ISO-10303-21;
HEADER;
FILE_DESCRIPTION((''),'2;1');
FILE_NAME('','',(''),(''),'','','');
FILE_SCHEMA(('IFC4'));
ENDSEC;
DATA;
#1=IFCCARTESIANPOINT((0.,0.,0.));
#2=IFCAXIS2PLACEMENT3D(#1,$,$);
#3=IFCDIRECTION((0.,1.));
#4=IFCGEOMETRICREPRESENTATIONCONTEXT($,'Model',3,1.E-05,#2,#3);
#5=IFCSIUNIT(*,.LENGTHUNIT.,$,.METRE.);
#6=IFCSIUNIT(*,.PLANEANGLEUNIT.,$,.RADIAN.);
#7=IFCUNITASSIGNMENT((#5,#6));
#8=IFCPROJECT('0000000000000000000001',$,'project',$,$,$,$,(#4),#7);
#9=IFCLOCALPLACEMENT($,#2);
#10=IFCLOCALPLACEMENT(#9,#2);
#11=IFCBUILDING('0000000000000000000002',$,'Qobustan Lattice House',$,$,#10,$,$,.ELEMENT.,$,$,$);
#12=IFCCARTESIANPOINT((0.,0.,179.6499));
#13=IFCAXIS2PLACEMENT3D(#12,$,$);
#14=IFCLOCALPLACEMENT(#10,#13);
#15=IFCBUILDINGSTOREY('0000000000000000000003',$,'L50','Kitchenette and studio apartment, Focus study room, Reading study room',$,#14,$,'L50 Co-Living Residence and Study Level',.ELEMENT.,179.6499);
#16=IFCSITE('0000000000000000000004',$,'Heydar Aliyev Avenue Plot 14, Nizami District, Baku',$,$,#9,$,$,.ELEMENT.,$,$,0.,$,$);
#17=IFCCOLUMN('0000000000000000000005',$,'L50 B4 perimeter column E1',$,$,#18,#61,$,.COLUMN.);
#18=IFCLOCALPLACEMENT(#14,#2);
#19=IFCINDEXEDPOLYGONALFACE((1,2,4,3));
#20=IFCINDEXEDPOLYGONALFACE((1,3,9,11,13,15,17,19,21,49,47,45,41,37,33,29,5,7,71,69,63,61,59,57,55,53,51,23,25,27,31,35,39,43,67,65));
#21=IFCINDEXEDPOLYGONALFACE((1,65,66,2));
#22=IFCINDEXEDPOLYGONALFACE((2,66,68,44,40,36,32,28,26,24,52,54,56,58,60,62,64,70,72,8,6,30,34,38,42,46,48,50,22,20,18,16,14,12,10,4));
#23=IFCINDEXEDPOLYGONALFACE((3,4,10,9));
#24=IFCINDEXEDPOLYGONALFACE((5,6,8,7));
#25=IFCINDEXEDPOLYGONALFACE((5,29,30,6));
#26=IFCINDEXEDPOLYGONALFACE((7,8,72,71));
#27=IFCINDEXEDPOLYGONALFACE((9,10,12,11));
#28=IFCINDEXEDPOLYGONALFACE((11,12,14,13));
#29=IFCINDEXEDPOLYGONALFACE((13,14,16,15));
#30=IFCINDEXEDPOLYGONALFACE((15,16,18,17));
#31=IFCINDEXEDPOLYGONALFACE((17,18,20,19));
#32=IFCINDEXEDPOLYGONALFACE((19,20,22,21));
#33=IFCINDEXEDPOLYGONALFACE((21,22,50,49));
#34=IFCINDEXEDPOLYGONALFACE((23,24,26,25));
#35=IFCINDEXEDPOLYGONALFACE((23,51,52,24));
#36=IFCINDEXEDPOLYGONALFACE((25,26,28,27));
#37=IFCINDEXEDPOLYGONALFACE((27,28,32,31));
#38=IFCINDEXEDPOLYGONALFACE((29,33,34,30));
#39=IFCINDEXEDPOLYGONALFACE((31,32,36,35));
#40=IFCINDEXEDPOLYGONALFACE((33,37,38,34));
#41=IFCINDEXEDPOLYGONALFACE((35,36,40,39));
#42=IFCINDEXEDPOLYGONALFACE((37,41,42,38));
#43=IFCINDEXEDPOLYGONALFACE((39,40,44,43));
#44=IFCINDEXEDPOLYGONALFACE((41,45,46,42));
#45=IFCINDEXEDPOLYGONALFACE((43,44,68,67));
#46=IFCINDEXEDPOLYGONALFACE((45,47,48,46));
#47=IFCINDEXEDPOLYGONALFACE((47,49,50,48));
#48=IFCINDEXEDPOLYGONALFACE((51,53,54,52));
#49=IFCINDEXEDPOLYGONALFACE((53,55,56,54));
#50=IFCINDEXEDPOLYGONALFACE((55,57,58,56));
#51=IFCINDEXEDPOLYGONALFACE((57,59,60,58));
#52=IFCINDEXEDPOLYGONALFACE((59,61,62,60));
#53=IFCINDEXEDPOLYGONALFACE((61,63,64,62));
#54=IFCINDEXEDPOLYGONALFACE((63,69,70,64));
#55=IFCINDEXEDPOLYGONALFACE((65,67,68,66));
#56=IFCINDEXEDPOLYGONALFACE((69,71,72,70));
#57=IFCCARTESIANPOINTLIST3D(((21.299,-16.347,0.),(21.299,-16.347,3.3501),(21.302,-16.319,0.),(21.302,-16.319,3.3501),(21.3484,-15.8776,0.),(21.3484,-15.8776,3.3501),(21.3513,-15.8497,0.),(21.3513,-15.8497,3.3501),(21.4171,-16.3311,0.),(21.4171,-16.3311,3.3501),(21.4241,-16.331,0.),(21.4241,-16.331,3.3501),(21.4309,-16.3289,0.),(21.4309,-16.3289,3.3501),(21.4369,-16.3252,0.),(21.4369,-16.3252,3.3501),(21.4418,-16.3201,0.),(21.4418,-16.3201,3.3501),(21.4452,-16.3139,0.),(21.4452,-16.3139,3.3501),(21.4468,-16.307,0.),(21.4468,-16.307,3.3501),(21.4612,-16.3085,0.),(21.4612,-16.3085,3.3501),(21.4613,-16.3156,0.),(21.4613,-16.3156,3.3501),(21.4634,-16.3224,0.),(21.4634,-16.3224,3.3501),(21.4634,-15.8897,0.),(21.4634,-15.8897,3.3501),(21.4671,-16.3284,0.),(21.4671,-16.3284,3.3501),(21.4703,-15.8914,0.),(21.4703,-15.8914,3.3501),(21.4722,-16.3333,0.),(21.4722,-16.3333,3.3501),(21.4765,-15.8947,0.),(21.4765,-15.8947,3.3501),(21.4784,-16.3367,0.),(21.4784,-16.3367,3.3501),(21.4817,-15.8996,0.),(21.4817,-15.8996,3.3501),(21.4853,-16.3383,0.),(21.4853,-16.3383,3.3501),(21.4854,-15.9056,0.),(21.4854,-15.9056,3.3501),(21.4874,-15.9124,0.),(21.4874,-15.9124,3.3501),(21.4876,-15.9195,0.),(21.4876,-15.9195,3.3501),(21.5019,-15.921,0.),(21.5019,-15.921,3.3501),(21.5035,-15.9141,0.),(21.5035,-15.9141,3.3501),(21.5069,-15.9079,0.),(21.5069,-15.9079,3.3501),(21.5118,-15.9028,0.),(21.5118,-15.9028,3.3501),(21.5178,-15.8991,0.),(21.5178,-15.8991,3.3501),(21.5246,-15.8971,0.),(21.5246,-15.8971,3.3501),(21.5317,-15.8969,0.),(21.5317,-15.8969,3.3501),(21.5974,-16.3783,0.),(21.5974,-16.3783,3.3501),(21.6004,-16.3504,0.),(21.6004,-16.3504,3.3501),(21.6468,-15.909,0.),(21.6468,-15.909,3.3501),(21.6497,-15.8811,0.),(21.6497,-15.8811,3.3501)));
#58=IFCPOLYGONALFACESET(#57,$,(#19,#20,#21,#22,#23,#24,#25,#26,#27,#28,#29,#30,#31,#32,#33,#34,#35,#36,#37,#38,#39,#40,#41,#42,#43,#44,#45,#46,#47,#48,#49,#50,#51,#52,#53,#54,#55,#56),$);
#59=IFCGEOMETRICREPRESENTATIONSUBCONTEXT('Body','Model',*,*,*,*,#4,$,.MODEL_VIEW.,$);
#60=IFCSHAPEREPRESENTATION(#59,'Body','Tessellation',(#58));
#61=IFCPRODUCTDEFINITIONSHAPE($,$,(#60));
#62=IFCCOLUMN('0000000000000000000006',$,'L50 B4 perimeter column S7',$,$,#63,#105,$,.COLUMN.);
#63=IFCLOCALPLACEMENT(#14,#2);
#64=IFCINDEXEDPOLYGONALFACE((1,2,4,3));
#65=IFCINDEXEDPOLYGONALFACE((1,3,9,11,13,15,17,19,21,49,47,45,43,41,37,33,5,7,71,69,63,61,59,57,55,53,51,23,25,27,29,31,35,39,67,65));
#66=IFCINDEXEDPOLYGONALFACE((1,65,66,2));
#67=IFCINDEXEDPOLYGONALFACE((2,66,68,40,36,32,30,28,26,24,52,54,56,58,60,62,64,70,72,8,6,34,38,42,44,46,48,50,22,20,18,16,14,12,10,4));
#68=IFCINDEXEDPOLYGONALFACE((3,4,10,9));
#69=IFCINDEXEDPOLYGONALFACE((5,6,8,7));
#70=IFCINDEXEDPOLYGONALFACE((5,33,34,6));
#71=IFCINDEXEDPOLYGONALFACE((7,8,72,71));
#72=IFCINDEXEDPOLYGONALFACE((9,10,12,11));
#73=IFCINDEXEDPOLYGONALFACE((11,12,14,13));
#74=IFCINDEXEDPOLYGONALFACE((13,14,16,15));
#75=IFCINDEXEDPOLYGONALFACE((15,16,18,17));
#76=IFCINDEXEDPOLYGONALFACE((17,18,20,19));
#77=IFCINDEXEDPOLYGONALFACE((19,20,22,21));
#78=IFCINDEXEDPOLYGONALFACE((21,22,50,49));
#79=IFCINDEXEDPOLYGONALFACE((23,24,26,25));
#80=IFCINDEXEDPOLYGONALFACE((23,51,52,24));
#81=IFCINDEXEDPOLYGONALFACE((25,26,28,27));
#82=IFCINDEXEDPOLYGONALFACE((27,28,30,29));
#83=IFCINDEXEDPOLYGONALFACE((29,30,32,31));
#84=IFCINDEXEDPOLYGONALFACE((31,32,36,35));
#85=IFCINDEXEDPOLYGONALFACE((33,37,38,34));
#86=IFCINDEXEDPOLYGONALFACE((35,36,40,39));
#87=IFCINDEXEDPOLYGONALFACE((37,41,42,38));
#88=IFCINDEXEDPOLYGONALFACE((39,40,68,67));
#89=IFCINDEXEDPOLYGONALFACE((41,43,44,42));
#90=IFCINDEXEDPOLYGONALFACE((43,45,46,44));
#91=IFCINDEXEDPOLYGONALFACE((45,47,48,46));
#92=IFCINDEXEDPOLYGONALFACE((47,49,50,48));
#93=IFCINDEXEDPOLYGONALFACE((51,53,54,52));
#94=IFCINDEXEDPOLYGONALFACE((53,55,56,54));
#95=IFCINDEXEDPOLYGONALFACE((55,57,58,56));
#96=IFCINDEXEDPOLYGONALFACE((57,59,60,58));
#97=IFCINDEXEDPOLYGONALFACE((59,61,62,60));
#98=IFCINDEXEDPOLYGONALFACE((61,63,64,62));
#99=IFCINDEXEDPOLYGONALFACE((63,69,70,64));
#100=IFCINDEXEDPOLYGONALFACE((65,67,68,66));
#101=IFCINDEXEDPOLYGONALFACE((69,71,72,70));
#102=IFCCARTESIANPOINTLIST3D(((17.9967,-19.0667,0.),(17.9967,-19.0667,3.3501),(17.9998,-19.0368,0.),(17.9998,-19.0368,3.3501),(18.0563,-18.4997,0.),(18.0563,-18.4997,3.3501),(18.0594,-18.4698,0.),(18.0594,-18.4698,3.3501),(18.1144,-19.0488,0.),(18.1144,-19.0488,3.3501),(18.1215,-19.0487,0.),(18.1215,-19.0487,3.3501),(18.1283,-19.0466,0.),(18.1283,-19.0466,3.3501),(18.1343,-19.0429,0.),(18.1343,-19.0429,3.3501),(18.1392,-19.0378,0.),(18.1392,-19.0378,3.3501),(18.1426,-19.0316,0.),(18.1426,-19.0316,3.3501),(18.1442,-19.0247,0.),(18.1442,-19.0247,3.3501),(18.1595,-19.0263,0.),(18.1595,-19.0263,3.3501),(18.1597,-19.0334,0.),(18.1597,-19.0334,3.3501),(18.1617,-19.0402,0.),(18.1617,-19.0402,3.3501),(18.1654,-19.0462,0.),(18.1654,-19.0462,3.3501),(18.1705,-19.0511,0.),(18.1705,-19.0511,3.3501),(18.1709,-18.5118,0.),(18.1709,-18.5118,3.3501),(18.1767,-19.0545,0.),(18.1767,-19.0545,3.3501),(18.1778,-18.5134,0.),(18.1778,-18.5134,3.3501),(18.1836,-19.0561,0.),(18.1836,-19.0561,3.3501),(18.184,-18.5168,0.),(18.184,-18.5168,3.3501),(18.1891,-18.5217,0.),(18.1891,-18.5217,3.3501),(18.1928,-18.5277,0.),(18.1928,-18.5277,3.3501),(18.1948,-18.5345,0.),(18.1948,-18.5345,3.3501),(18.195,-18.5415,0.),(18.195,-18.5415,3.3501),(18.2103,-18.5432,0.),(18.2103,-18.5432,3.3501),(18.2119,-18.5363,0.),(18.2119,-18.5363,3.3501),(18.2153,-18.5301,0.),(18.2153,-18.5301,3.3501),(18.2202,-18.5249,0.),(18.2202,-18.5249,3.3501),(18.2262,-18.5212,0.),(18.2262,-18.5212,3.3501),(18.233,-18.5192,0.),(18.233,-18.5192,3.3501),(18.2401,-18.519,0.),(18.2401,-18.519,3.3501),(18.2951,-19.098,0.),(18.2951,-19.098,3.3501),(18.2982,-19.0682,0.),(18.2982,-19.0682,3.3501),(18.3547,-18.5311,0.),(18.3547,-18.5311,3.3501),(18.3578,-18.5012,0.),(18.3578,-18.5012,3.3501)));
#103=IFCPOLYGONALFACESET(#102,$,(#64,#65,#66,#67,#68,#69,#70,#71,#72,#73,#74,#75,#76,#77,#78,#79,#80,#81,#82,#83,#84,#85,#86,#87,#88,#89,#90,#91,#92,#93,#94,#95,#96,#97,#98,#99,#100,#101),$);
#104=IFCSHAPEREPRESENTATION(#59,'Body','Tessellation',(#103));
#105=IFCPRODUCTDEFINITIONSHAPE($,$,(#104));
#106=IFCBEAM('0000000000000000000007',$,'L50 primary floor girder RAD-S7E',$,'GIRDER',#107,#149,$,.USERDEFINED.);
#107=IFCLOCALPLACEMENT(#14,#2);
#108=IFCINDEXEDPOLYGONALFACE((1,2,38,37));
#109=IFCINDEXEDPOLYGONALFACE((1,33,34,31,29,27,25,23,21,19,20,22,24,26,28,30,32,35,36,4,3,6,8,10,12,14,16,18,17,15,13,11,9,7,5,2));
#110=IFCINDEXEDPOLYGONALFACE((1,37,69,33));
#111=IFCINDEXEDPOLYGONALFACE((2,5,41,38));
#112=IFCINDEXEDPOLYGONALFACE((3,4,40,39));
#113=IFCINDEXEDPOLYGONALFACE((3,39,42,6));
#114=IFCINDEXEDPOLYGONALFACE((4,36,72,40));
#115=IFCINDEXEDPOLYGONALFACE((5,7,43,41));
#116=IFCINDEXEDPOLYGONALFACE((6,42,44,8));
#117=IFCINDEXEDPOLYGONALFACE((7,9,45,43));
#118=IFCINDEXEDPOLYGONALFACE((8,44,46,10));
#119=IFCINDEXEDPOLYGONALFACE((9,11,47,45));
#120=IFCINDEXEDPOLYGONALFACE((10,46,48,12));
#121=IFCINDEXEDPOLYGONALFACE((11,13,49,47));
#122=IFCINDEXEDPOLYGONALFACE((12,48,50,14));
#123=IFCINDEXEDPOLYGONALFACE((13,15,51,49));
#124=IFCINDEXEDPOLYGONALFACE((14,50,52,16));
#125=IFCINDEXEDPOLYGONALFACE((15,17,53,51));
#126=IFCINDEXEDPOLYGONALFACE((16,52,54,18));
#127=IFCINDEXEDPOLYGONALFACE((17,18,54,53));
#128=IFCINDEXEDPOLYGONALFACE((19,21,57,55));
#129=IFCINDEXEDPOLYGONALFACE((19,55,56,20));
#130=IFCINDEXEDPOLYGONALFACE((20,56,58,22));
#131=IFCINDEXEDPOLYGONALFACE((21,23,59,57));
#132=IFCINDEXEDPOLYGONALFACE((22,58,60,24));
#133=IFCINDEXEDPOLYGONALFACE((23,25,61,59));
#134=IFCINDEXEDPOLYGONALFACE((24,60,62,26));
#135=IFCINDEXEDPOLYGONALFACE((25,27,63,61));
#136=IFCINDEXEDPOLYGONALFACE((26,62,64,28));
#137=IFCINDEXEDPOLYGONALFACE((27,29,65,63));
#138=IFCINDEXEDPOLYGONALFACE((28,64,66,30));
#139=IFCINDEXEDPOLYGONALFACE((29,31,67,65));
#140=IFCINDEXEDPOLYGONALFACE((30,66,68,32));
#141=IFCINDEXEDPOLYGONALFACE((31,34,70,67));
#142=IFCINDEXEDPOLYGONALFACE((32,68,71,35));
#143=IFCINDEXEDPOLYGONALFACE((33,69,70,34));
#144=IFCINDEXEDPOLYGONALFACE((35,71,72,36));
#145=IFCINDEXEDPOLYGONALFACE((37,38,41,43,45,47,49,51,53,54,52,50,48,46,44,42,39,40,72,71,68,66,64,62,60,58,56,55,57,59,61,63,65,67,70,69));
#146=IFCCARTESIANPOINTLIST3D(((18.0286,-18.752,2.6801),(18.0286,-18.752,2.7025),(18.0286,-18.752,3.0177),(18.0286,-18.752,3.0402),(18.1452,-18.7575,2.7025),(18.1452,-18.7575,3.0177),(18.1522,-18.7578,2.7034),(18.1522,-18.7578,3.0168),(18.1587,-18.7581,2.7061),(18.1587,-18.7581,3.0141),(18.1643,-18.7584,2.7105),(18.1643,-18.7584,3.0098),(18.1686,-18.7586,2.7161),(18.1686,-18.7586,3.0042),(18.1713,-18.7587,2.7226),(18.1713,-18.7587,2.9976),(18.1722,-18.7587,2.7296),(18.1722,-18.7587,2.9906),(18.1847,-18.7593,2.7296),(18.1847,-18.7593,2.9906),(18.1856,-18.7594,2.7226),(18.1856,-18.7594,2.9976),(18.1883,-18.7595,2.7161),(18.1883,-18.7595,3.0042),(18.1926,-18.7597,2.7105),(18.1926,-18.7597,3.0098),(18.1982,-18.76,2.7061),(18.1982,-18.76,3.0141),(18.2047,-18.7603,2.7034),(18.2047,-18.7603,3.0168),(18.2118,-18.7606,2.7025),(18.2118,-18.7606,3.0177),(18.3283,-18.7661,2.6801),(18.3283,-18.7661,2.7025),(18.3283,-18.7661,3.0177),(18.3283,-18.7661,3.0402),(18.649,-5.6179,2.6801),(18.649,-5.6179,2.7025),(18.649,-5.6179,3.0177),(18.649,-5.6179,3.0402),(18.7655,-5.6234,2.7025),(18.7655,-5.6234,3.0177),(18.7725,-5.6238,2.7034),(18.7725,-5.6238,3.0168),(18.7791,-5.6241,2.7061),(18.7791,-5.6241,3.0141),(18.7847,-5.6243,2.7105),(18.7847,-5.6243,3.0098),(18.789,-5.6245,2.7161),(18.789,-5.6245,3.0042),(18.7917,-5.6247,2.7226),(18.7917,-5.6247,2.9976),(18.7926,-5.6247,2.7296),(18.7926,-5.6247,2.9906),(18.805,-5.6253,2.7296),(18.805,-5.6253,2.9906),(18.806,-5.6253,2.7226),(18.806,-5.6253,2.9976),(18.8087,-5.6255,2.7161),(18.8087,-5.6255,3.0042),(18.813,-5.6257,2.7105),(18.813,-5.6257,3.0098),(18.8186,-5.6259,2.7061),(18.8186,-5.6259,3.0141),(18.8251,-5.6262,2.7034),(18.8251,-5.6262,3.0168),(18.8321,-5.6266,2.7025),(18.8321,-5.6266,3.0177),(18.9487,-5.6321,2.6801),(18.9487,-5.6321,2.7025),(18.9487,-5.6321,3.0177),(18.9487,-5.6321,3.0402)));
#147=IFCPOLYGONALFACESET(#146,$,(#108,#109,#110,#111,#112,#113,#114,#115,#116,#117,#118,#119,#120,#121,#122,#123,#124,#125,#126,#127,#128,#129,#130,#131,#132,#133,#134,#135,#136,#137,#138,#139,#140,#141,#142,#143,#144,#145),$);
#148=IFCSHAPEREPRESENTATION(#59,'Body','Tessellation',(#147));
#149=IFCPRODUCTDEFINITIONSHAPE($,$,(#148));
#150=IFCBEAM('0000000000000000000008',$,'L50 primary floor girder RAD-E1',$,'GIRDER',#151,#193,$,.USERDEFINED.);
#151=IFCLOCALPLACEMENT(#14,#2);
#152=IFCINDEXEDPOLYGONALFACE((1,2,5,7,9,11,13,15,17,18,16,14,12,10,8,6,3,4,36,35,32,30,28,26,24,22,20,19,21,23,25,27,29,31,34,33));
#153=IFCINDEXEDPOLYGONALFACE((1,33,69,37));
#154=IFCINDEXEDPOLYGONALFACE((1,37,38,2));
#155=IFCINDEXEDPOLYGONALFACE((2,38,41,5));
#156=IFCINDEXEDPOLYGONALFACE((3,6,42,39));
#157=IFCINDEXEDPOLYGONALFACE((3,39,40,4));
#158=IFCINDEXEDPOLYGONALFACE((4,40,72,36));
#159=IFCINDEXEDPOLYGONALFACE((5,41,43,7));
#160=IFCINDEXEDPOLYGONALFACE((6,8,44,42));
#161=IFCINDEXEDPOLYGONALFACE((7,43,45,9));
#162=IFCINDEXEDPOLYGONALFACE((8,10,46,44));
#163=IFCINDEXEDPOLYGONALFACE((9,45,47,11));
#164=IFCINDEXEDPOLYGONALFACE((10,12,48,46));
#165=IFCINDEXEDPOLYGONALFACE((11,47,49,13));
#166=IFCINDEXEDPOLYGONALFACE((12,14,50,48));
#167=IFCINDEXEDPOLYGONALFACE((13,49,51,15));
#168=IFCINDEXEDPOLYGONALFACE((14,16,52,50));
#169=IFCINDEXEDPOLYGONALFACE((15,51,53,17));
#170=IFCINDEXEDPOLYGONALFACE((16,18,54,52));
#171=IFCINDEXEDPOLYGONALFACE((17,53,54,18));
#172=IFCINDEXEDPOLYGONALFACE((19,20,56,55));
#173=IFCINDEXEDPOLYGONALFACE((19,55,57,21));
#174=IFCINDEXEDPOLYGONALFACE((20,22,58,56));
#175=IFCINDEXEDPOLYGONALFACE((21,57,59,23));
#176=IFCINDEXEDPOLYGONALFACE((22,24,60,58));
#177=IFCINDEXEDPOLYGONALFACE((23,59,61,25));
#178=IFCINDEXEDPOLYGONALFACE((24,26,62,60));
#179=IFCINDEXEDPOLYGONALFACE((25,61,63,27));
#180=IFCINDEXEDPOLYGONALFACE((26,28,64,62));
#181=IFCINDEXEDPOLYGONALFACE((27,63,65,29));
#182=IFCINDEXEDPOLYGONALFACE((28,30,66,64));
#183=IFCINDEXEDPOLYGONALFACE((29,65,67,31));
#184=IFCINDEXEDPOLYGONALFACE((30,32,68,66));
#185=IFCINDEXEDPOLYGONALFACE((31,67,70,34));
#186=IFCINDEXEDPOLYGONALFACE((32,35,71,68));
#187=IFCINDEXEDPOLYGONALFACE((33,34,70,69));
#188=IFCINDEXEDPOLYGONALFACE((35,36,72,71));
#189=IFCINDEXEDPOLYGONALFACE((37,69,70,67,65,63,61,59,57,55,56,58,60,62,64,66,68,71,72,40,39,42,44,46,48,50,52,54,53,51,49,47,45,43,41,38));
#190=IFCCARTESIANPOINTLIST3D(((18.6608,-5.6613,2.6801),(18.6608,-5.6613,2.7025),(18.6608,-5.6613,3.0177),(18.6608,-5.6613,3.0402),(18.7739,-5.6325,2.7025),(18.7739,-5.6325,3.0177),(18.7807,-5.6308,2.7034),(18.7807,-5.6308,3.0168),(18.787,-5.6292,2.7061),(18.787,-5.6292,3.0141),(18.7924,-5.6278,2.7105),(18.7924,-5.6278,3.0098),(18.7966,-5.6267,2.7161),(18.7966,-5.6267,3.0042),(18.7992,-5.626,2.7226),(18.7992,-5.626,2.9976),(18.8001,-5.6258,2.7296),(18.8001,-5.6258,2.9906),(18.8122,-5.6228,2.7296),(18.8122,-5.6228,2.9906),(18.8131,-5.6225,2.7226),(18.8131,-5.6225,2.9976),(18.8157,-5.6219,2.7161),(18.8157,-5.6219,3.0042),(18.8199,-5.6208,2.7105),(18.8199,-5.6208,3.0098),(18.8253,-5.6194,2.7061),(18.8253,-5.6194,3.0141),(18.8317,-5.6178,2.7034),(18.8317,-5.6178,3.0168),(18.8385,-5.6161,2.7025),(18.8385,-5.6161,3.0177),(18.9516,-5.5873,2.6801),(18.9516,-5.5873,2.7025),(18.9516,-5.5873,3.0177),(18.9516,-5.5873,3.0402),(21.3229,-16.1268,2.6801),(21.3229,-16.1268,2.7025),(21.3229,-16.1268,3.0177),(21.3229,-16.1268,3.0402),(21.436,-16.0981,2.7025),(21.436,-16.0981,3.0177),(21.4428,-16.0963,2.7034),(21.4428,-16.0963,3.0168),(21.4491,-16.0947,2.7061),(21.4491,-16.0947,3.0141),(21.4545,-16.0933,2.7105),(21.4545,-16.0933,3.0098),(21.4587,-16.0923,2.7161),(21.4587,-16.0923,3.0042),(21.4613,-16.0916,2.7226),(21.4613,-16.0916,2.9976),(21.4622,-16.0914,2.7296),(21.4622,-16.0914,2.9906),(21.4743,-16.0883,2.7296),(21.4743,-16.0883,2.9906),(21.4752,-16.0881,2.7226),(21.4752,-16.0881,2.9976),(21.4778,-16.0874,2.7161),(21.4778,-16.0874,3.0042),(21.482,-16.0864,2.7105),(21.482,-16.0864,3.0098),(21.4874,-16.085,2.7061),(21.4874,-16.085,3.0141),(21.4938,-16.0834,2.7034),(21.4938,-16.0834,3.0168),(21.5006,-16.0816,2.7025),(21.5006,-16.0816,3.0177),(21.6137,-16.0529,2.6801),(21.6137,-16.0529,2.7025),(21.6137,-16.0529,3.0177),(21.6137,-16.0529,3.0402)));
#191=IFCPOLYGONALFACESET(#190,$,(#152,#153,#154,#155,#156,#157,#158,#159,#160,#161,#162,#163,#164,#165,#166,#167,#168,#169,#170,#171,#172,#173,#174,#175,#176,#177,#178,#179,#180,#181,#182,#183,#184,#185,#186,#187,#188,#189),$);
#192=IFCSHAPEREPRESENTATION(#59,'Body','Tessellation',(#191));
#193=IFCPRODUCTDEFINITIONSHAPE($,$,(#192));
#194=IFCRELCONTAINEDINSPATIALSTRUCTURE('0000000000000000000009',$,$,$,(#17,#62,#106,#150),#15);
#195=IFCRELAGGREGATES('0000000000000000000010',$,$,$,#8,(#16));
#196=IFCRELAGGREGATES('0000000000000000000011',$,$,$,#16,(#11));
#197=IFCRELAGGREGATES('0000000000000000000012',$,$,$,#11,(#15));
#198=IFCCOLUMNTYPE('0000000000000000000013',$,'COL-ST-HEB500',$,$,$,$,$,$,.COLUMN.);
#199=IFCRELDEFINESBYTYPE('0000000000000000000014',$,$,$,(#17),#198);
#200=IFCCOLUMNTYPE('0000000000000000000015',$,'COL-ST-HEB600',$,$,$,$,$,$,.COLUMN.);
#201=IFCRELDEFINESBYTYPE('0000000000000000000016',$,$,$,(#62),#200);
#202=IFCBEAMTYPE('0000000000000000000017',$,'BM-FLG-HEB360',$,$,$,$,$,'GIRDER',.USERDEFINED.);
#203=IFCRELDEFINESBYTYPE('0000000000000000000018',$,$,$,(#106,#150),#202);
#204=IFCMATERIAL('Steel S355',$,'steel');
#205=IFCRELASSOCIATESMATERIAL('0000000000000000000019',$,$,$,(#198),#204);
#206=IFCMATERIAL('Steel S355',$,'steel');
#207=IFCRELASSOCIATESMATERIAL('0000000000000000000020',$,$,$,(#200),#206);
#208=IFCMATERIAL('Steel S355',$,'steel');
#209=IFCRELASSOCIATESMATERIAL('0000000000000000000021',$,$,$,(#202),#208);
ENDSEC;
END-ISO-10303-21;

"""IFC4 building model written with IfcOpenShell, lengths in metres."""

from ifc_helpers import new_model, si_unit, direction, frame, origin, origin_2d, place, context, subcontext, project, spatial, i_section, extrude, material, material_profile, profile_set, type_object, element, save


model = new_model("IFC4")

# Units and contexts
model_context = context("Model", 3, precision=1e-05, world=origin(), true_north=direction((0.0, 1.0)))
body_context = subcontext(model_context, "Body", "Model", "MODEL_VIEW")
ifc_project = project(units=[si_unit("LENGTHUNIT", "METRE"), si_unit("PLANEANGLEUNIT", "RADIAN")], contexts=[model_context])

# Site, building, storey
site_placement = place(None, origin())
site = spatial("IfcSite", under=ifc_project, at=site_placement, Name="Heydar Aliyev Avenue Plot 14, Nizami District, Baku", CompositionType="ELEMENT", RefElevation=0.0)
building_placement = place(site_placement, origin())
building = spatial("IfcBuilding", under=site, at=building_placement, Name="Qobustan Lattice House", CompositionType="ELEMENT")
storey_placement = place(building_placement, frame((0.0, 0.0, 179.6499)))
storey = spatial("IfcBuildingStorey", under=building, at=storey_placement, Name="L50", Description="Kitchenette and studio apartment, Focus study room, Reading study room", LongName="L50 Co-Living Residence and Study Level", CompositionType="ELEMENT", Elevation=179.6499)

# Columns
ifc_material_1 = material(Name="Steel S355", Category="steel")
ifc_material_profile_1 = material_profile(ifc_material_1, i_section(OverallWidth=0.3, OverallDepth=0.5, WebThickness=0.0144, FlangeThickness=0.0281, FilletRadius=0.0271, at=origin_2d()), Name="HEB500")
ifc_profile_set_1 = profile_set([ifc_material_profile_1], Name="Steel S355")
column_type_1 = type_object("IfcColumnType", Name="COL-ST-HEB500", PredefinedType="COLUMN", material=ifc_profile_set_1)
column_1_placement = place(storey_placement, frame((21.4744, -16.114, 0.0), z_axis=(0.0, 0.0, 1.0), x_axis=(0.994522, -0.104528, 0.0)))
element("IfcColumn", 1, at=column_1_placement, inside=storey, type_object=column_type_1, Name="L50 B4 perimeter column E1", PredefinedType="COLUMN", context=body_context, shape_type="SweptSolid", body=[
    extrude(i_section(OverallWidth=0.3, OverallDepth=0.5, WebThickness=0.0144, FlangeThickness=0.0281, FilletRadius=0.0271, at=origin_2d()), origin(), (0.0, 0.0, 1.0), 3.3501),
])
ifc_material_2 = material(Name="Steel S355", Category="steel")
ifc_material_profile_2 = material_profile(ifc_material_2, i_section(OverallWidth=0.3, OverallDepth=0.6001, WebThickness=0.0154, FlangeThickness=0.03, FilletRadius=0.0271, at=origin_2d()), Name="HEB600")
ifc_profile_set_2 = profile_set([ifc_material_profile_2], Name="Steel S355")
column_type_2 = type_object("IfcColumnType", Name="COL-ST-HEB600", PredefinedType="COLUMN", material=ifc_profile_set_2)
column_2_placement = place(storey_placement, frame((18.1772, -18.7839, 0.0), z_axis=(0.0, 0.0, 1.0), x_axis=(0.994522, -0.104528, 0.0)))
element("IfcColumn", 2, at=column_2_placement, inside=storey, type_object=column_type_2, Name="L50 B4 perimeter column S7", PredefinedType="COLUMN", context=body_context, shape_type="SweptSolid", body=[
    extrude(i_section(OverallWidth=0.3, OverallDepth=0.6001, WebThickness=0.0154, FlangeThickness=0.03, FilletRadius=0.0271, at=origin_2d()), origin(), (0.0, 0.0, 1.0), 3.3501),
])

# Beams
ifc_material_3 = material(Name="Steel S355", Category="steel")
ifc_material_profile_3 = material_profile(ifc_material_3, i_section(OverallWidth=0.3, OverallDepth=0.3601, WebThickness=0.0125, FlangeThickness=0.0225, FilletRadius=0.0271, at=origin_2d()), Name="HEB360")
ifc_profile_set_3 = profile_set([ifc_material_profile_3], Name="Steel S355")
beam_type_1 = type_object("IfcBeamType", Name="BM-FLG-HEB360", ElementType="GIRDER", PredefinedType="USERDEFINED", material=ifc_profile_set_3)
beam_1_placement = place(storey_placement, frame((18.1785, -18.759, 2.8601), z_axis=(0.047181, 0.998886, 0.0), x_axis=(-0.998886, 0.047181, 0.0)))
element("IfcBeam", 3, at=beam_1_placement, inside=storey, type_object=beam_type_1, Name="L50 primary floor girder RAD-S7E", ObjectType="GIRDER", PredefinedType="USERDEFINED", context=body_context, shape_type="SweptSolid", body=[
    extrude(i_section(OverallWidth=0.3, OverallDepth=0.3601, WebThickness=0.0125, FlangeThickness=0.0225, FilletRadius=0.0271, at=origin_2d()), origin(), (0.0, 0.0, 1.0), 13.1487),
])
beam_2_placement = place(storey_placement, frame((21.4683, -16.0898, 2.8601), z_axis=(-0.246518, 0.969138, 0.0), x_axis=(-0.969138, -0.246518, 0.0)))
element("IfcBeam", 4, at=beam_2_placement, inside=storey, type_object=beam_type_1, Name="L50 primary floor girder RAD-E1", ObjectType="GIRDER", PredefinedType="USERDEFINED", context=body_context, shape_type="SweptSolid", body=[
    extrude(i_section(OverallWidth=0.3, OverallDepth=0.3601, WebThickness=0.0125, FlangeThickness=0.0225, FilletRadius=0.0271, at=origin_2d()), origin(), (0.0, 0.0, 1.0), 10.7988),
])

save(model, "model.ifc")
